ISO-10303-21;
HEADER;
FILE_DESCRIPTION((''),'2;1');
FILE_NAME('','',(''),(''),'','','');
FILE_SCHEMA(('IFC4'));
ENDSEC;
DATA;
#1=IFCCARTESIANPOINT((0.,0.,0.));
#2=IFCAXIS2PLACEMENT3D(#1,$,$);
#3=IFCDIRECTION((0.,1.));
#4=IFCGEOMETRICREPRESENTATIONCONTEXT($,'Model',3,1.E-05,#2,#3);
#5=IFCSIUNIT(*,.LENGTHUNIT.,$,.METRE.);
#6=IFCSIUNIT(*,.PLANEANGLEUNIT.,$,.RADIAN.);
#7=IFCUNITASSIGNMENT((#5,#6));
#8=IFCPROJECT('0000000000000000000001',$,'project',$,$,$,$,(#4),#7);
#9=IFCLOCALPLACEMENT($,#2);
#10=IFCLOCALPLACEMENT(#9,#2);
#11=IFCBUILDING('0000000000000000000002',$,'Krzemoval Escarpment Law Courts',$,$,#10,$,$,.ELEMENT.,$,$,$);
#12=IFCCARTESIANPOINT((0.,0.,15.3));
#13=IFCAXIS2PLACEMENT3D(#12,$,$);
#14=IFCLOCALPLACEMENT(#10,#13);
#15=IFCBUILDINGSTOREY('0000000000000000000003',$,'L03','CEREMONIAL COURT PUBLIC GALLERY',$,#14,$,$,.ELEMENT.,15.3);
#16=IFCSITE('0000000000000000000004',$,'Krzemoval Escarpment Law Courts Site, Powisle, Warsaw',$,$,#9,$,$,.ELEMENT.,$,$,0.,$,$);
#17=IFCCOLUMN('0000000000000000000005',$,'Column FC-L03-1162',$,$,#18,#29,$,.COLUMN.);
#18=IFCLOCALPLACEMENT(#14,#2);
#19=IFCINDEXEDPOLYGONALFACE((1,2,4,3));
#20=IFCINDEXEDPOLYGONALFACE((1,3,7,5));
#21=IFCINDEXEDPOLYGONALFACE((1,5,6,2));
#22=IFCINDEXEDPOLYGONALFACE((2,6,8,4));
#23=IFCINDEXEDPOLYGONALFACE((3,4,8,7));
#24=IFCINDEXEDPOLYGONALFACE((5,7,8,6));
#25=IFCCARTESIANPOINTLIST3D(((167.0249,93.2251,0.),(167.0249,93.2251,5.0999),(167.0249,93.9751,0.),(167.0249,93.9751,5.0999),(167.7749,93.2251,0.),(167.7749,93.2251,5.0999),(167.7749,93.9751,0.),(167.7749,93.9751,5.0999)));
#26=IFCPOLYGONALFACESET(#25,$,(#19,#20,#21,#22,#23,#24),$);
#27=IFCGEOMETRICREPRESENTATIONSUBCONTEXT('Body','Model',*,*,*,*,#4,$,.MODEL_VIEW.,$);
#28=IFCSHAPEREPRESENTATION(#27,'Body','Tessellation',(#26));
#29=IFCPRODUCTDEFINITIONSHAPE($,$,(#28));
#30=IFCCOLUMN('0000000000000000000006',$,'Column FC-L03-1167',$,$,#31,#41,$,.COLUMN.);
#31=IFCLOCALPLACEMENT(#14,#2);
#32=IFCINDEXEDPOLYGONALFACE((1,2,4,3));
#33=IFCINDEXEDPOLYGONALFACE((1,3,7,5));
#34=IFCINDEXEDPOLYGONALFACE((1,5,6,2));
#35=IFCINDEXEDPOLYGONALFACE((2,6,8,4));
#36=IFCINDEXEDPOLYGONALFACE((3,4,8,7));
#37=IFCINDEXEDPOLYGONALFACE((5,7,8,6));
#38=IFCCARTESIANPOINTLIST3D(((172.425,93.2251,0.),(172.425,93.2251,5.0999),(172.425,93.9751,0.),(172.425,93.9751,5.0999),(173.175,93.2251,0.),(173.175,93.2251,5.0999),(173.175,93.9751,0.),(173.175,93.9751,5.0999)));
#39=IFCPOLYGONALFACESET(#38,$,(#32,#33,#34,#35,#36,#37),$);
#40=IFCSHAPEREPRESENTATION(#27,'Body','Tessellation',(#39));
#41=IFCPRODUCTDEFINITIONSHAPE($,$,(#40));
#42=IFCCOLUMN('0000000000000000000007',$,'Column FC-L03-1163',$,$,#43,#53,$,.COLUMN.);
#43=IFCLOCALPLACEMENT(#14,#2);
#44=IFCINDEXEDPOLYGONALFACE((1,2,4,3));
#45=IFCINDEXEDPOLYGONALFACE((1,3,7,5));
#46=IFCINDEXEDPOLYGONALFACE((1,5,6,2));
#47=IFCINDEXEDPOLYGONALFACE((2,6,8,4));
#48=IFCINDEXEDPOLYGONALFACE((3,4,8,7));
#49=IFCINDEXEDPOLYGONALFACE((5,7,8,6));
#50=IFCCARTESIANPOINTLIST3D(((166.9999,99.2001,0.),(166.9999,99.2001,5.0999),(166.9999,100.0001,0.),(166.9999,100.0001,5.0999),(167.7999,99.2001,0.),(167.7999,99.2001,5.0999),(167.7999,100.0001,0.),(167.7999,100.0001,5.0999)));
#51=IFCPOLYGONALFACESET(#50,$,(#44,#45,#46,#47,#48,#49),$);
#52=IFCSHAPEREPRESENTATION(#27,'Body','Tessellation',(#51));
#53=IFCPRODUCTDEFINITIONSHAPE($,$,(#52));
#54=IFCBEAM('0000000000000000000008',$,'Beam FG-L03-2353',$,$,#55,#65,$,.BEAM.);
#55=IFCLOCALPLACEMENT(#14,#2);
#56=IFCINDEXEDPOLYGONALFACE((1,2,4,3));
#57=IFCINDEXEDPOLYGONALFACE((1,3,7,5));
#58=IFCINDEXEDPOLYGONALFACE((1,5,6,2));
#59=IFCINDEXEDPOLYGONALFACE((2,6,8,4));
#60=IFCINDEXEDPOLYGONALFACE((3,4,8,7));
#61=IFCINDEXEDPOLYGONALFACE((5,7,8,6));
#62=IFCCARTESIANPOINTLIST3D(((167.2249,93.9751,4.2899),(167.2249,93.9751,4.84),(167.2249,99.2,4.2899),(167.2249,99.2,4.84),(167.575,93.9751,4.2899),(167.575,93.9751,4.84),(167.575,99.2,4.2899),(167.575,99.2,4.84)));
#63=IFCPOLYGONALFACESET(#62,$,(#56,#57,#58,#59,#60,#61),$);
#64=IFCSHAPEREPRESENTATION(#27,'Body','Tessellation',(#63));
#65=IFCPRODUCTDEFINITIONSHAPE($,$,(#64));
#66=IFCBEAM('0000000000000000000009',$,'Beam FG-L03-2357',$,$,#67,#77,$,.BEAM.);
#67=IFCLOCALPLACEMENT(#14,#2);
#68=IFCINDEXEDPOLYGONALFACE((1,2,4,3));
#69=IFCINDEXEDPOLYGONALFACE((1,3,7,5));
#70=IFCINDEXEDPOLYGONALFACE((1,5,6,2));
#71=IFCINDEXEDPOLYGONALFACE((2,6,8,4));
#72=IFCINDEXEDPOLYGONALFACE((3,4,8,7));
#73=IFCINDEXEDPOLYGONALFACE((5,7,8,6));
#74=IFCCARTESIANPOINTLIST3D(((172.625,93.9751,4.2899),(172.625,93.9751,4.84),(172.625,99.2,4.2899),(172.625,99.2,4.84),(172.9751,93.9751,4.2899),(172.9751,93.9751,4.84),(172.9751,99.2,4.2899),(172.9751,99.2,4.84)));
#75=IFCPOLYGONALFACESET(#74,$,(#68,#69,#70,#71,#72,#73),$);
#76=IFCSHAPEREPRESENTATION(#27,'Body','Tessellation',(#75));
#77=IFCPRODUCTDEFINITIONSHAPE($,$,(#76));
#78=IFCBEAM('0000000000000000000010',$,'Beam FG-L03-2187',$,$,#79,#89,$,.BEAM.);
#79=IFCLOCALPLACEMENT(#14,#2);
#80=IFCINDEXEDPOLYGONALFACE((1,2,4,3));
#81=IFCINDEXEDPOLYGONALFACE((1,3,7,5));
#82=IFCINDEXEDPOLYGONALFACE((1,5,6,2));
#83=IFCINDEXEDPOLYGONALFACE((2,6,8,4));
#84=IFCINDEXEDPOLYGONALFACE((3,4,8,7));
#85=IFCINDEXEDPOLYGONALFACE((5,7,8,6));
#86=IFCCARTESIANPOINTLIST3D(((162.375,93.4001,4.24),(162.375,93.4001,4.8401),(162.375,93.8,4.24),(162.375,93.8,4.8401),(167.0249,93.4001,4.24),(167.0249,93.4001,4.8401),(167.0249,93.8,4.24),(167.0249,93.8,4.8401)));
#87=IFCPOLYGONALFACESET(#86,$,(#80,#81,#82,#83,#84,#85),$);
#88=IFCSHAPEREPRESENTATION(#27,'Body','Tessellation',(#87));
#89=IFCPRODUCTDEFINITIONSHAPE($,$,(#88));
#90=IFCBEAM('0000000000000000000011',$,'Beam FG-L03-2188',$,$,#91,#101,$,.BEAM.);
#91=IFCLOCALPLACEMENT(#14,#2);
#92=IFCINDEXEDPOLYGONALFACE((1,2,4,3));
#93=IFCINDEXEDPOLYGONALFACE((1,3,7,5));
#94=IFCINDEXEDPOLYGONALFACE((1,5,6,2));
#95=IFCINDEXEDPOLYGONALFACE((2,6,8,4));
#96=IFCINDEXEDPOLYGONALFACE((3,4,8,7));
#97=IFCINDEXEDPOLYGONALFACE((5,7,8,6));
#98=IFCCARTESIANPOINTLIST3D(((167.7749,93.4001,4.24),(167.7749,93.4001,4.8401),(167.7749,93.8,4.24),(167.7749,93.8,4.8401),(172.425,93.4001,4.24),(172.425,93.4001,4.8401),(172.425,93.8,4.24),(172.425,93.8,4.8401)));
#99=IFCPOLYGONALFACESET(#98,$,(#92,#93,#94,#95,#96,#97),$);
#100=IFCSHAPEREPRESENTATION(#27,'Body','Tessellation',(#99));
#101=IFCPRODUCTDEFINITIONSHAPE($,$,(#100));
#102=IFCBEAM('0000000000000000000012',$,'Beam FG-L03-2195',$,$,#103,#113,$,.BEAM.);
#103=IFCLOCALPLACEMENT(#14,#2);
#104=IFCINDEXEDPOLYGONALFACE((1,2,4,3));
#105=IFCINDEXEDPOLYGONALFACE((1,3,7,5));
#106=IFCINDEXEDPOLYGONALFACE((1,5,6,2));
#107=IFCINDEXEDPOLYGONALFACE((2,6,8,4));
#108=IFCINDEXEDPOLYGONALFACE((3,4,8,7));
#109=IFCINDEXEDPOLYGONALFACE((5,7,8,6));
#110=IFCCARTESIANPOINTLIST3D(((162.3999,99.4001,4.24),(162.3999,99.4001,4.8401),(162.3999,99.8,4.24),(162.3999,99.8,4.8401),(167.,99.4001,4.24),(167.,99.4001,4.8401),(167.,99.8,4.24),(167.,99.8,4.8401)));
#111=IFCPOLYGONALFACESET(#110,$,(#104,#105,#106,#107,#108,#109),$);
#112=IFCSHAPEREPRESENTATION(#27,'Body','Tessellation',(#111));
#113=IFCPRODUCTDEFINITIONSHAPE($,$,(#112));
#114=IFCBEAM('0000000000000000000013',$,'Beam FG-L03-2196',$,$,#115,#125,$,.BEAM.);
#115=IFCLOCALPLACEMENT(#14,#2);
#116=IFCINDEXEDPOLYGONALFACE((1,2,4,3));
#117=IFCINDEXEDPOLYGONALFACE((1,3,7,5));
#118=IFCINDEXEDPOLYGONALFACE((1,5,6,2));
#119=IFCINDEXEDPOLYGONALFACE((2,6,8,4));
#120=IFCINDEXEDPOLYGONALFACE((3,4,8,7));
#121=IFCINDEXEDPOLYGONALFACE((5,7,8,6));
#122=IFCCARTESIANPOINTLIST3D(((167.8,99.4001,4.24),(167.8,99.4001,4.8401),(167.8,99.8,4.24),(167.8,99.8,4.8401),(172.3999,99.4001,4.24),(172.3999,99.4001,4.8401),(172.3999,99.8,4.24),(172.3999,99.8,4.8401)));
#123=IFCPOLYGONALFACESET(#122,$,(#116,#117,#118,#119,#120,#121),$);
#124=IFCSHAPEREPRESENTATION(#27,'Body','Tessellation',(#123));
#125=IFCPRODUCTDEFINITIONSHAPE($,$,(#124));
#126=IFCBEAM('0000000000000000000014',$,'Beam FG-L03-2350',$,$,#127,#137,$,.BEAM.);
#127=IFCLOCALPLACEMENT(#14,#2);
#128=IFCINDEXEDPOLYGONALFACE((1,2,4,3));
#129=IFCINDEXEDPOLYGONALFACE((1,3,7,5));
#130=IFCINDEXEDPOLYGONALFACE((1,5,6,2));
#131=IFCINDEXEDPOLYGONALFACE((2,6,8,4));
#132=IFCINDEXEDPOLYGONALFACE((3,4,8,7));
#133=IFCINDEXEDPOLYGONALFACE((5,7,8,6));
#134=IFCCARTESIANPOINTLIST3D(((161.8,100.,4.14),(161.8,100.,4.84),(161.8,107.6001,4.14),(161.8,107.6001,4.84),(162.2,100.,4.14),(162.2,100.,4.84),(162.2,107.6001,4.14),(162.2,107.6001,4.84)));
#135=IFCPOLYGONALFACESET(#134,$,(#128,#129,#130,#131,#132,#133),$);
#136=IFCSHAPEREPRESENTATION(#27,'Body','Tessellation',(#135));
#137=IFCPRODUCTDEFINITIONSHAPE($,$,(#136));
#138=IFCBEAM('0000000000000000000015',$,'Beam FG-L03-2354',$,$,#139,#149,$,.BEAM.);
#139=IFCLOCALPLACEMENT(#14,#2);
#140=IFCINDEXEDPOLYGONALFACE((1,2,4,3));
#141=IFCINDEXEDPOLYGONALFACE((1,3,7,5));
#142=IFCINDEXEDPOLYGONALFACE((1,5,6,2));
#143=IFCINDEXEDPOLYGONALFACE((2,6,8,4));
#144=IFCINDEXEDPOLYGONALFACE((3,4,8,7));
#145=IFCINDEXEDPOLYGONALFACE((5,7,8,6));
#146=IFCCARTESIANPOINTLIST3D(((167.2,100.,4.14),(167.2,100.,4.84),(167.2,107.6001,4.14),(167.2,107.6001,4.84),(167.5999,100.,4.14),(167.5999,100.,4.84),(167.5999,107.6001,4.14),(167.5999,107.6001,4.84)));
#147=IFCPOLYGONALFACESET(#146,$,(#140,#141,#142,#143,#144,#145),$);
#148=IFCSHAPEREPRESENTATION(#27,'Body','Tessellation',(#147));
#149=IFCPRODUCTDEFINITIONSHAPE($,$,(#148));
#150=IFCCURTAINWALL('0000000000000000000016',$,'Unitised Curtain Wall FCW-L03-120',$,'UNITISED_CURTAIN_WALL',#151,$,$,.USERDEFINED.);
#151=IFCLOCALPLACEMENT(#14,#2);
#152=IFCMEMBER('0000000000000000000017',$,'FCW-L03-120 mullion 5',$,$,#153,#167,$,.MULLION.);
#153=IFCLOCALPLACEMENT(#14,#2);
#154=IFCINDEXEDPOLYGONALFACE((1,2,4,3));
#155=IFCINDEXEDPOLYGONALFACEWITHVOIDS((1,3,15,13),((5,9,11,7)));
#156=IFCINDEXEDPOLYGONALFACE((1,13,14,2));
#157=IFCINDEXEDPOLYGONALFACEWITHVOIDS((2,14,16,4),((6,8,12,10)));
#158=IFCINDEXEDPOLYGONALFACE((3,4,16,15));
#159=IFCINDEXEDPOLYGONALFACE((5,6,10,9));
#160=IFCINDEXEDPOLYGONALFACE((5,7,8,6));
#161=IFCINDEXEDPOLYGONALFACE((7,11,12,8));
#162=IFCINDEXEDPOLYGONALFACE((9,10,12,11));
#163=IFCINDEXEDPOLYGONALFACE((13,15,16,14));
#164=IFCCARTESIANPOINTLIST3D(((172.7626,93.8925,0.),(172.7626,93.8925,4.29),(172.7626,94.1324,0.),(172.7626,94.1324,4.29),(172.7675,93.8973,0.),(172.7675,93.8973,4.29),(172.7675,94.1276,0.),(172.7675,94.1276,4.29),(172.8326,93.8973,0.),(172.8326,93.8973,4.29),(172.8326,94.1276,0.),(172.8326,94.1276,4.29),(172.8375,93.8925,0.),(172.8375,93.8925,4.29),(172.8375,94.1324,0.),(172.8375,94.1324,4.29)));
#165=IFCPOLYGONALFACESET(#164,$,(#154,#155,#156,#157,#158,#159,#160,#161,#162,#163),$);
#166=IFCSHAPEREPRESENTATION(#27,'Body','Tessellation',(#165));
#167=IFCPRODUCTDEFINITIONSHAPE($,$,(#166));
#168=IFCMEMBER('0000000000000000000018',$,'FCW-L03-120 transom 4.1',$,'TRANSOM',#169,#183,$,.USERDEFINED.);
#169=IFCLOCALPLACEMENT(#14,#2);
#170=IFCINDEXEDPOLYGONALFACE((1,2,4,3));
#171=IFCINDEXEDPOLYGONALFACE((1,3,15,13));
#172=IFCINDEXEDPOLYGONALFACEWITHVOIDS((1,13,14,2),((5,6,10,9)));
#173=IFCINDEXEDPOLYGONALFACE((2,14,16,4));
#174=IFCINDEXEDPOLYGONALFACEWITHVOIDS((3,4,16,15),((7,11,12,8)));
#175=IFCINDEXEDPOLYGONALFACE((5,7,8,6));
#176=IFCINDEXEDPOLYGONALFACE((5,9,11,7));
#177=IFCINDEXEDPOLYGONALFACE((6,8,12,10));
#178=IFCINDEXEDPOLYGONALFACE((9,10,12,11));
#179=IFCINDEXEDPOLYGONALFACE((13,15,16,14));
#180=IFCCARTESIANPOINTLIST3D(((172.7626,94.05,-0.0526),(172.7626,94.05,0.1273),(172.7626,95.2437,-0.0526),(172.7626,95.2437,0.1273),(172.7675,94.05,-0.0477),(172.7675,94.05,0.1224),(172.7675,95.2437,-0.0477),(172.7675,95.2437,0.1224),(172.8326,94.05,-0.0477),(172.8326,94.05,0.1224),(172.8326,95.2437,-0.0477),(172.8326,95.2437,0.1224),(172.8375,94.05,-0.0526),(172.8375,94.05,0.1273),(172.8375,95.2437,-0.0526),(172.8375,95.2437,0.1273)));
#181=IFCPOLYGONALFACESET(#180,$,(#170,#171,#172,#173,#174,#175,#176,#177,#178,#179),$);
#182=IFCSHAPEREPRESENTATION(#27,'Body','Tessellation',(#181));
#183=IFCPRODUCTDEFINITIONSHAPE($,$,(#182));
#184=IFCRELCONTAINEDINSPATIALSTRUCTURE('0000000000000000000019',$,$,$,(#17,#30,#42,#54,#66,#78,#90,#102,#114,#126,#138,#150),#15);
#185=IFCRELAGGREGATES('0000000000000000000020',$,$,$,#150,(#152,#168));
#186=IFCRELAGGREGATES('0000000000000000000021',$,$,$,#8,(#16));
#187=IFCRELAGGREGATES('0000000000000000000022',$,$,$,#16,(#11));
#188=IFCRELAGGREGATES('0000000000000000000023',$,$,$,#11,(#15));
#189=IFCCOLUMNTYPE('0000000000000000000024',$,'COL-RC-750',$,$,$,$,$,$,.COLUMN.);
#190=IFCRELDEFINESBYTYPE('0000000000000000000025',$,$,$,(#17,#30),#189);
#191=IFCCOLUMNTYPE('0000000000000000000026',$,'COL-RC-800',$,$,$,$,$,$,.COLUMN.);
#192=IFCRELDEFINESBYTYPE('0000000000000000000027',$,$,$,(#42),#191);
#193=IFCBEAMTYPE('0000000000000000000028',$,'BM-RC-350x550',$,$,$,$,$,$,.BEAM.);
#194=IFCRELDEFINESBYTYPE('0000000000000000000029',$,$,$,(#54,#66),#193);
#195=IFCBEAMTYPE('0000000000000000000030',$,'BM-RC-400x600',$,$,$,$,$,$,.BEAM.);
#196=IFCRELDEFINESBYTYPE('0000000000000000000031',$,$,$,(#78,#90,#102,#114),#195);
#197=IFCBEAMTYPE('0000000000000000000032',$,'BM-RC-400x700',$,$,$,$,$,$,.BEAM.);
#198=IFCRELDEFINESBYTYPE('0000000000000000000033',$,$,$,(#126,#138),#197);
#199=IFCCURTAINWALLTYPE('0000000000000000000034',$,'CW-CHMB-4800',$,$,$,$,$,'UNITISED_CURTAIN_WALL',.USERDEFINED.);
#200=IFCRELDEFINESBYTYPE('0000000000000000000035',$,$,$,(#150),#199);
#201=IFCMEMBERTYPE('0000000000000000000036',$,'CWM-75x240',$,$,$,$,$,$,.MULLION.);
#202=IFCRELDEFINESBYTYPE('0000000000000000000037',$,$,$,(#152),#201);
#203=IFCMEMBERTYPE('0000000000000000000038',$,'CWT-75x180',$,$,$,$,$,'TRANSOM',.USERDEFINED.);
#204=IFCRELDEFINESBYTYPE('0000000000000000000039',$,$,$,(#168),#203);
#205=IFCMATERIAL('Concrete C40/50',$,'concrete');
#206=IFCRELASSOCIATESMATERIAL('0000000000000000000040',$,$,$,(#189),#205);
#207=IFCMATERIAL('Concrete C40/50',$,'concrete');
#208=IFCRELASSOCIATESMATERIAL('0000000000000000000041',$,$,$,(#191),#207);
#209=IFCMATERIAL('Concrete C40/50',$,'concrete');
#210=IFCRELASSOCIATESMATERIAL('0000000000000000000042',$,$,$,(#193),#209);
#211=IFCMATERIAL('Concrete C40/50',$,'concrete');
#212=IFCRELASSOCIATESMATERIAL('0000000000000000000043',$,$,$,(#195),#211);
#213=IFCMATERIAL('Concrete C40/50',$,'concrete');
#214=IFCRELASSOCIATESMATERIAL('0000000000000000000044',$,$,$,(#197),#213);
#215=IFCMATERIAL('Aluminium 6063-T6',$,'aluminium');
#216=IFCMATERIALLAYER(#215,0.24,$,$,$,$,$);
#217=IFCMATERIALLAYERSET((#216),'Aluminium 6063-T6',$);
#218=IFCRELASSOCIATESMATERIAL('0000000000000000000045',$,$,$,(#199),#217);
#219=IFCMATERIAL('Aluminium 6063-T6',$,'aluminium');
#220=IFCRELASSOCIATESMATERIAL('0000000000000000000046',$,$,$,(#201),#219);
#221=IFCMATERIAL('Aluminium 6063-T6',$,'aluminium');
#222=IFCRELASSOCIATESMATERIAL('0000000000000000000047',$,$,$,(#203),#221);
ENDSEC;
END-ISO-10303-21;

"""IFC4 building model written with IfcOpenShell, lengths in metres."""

from ifc_helpers import new_model, si_unit, direction, frame, origin, origin_2d, place, context, subcontext, project, spatial, rectangle, hollow_rectangle, extrude, material, layer, layer_set, material_profile, profile_set, type_object, element, aggregate, save


model = new_model("IFC4")

# Units and contexts
model_context = context("Model", 3, precision=1e-05, world=origin(), true_north=direction((0.0, 1.0)))
body_context = subcontext(model_context, "Body", "Model", "MODEL_VIEW")
ifc_project = project(units=[si_unit("LENGTHUNIT", "METRE"), si_unit("PLANEANGLEUNIT", "RADIAN")], contexts=[model_context])

# Site, building, storey
site_placement = place(None, origin())
site = spatial("IfcSite", under=ifc_project, at=site_placement, Name="Krzemoval Escarpment Law Courts Site, Powisle, Warsaw", CompositionType="ELEMENT", RefElevation=0.0)
building_placement = place(site_placement, origin())
building = spatial("IfcBuilding", under=site, at=building_placement, Name="Krzemoval Escarpment Law Courts", CompositionType="ELEMENT")
storey_placement = place(building_placement, frame((0.0, 0.0, 15.3)))
storey = spatial("IfcBuildingStorey", under=building, at=storey_placement, Name="L03", Description="CEREMONIAL COURT PUBLIC GALLERY", CompositionType="ELEMENT", Elevation=15.3)

# Columns
ifc_material_1 = material(Name="Concrete C40/50", Category="concrete")
ifc_material_profile_1 = material_profile(ifc_material_1, rectangle(XDim=0.75, YDim=0.75, at=origin_2d()), Name="RC 750x750")
ifc_profile_set_1 = profile_set([ifc_material_profile_1], Name="Concrete C40/50")
column_type_1 = type_object("IfcColumnType", Name="COL-RC-750", PredefinedType="COLUMN", material=ifc_profile_set_1)
for number, where, z_axis, x_axis, name in (
    (1, (167.3999, 93.6001, 0.0), (0.0, 0.0, 1.0), (1.0, 0.0, 0.0), "Column FC-L03-1162"),
    (2, (172.8, 93.6001, 0.0), (0.0, 0.0, 1.0), (1.0, 0.0, 0.0), "Column FC-L03-1167"),
):
    element("IfcColumn", number, at=place(storey_placement, frame(where, z_axis=z_axis, x_axis=x_axis)), inside=storey, type_object=column_type_1, Name=name, PredefinedType="COLUMN", context=body_context, shape_type="SweptSolid", body=[
        extrude(rectangle(XDim=0.75, YDim=0.75, at=origin_2d()), origin(), (0.0, 0.0, 1.0), 5.0999),
    ])
ifc_material_2 = material(Name="Concrete C40/50", Category="concrete")
ifc_material_profile_2 = material_profile(ifc_material_2, rectangle(XDim=0.8, YDim=0.8, at=origin_2d()), Name="RC 800x800")
ifc_profile_set_2 = profile_set([ifc_material_profile_2], Name="Concrete C40/50")
column_type_2 = type_object("IfcColumnType", Name="COL-RC-800", PredefinedType="COLUMN", material=ifc_profile_set_2)
column_placement = place(storey_placement, frame((167.3999, 99.6001, 0.0), z_axis=(0.0, 0.0, 1.0), x_axis=(1.0, 0.0, 0.0)))
element("IfcColumn", 3, at=column_placement, inside=storey, type_object=column_type_2, Name="Column FC-L03-1163", PredefinedType="COLUMN", context=body_context, shape_type="SweptSolid", body=[
    extrude(rectangle(XDim=0.8, YDim=0.8, at=origin_2d()), origin(), (0.0, 0.0, 1.0), 5.0999),
])

# Beams
ifc_material_3 = material(Name="Concrete C40/50", Category="concrete")
ifc_material_profile_3 = material_profile(ifc_material_3, rectangle(XDim=0.3501, YDim=0.55, at=origin_2d()), Name="RCB 350x550")
ifc_profile_set_3 = profile_set([ifc_material_profile_3], Name="Concrete C40/50")
beam_type_1 = type_object("IfcBeamType", Name="BM-RC-350x550", PredefinedType="BEAM", material=ifc_profile_set_3)
for number, where, z_axis, x_axis, name in (
    (4, (167.3999, 93.9751, 4.5649), (0.0, 1.0, 0.0), (-1.0, 0.0, 0.0), "Beam FG-L03-2353"),
    (5, (172.8, 93.9751, 4.5649), (0.0, 1.0, 0.0), (-1.0, 0.0, 0.0), "Beam FG-L03-2357"),
):
    element("IfcBeam", number, at=place(storey_placement, frame(where, z_axis=z_axis, x_axis=x_axis)), inside=storey, type_object=beam_type_1, Name=name, PredefinedType="BEAM", context=body_context, shape_type="SweptSolid", body=[
        extrude(rectangle(XDim=0.3501, YDim=0.55, at=origin_2d()), origin(), (0.0, 0.0, 1.0), 5.2249),
    ])
ifc_material_4 = material(Name="Concrete C40/50", Category="concrete")
ifc_material_profile_4 = material_profile(ifc_material_4, rectangle(XDim=0.3999, YDim=0.6001, at=origin_2d()), Name="RCB 400x600")
ifc_profile_set_4 = profile_set([ifc_material_profile_4], Name="Concrete C40/50")
beam_type_2 = type_object("IfcBeamType", Name="BM-RC-400x600", PredefinedType="BEAM", material=ifc_profile_set_4)
beam_1_placement = place(storey_placement, frame((162.375, 93.6001, 4.54), z_axis=(1.0, 0.0, 0.0), x_axis=(0.0, 1.0, 0.0)))
element("IfcBeam", 6, at=beam_1_placement, inside=storey, type_object=beam_type_2, Name="Beam FG-L03-2187", PredefinedType="BEAM", context=body_context, shape_type="SweptSolid", body=[
    extrude(rectangle(XDim=0.3999, YDim=0.6001, at=origin_2d()), origin(), (0.0, 0.0, 1.0), 4.6499),
])
beam_2_placement = place(storey_placement, frame((167.7749, 93.6001, 4.54), z_axis=(1.0, 0.0, 0.0), x_axis=(0.0, 1.0, 0.0)))
element("IfcBeam", 7, at=beam_2_placement, inside=storey, type_object=beam_type_2, Name="Beam FG-L03-2188", PredefinedType="BEAM", context=body_context, shape_type="SweptSolid", body=[
    extrude(rectangle(XDim=0.3999, YDim=0.6001, at=origin_2d()), origin(), (0.0, 0.0, 1.0), 4.6501),
])
beam_3_placement = place(storey_placement, frame((162.3999, 99.6001, 4.54), z_axis=(1.0, 0.0, 0.0), x_axis=(0.0, 1.0, 0.0)))
element("IfcBeam", 8, at=beam_3_placement, inside=storey, type_object=beam_type_2, Name="Beam FG-L03-2195", PredefinedType="BEAM", context=body_context, shape_type="SweptSolid", body=[
    extrude(rectangle(XDim=0.3999, YDim=0.6001, at=origin_2d()), origin(), (0.0, 0.0, 1.0), 4.6001),
])
beam_4_placement = place(storey_placement, frame((167.8, 99.6001, 4.54), z_axis=(1.0, 0.0, 0.0), x_axis=(0.0, 1.0, 0.0)))
element("IfcBeam", 9, at=beam_4_placement, inside=storey, type_object=beam_type_2, Name="Beam FG-L03-2196", PredefinedType="BEAM", context=body_context, shape_type="SweptSolid", body=[
    extrude(rectangle(XDim=0.3999, YDim=0.6001, at=origin_2d()), origin(), (0.0, 0.0, 1.0), 4.5999),
])
ifc_material_5 = material(Name="Concrete C40/50", Category="concrete")
ifc_material_profile_5 = material_profile(ifc_material_5, rectangle(XDim=0.3999, YDim=0.7, at=origin_2d()), Name="RCB 400x700")
ifc_profile_set_5 = profile_set([ifc_material_profile_5], Name="Concrete C40/50")
beam_type_3 = type_object("IfcBeamType", Name="BM-RC-400x700", PredefinedType="BEAM", material=ifc_profile_set_5)
for number, where, z_axis, x_axis, name in (
    (10, (162.0, 100.0, 4.49), (0.0, 1.0, 0.0), (-1.0, 0.0, 0.0), "Beam FG-L03-2350"),
    (11, (167.3999, 100.0, 4.49), (0.0, 1.0, 0.0), (-1.0, 0.0, 0.0), "Beam FG-L03-2354"),
):
    element("IfcBeam", number, at=place(storey_placement, frame(where, z_axis=z_axis, x_axis=x_axis)), inside=storey, type_object=beam_type_3, Name=name, PredefinedType="BEAM", context=body_context, shape_type="SweptSolid", body=[
        extrude(rectangle(XDim=0.3999, YDim=0.7, at=origin_2d()), origin(), (0.0, 0.0, 1.0), 7.6001),
    ])

# Curtain wall, members
ifc_material_6 = material(Name="Aluminium 6063-T6", Category="aluminium")
ifc_layer_1 = layer(ifc_material_6, 0.24)
ifc_layer_set_1 = layer_set([ifc_layer_1], Name="Aluminium 6063-T6")
curtain_wall_type = type_object("IfcCurtainWallType", Name="CW-CHMB-4800", ElementType="UNITISED_CURTAIN_WALL", PredefinedType="USERDEFINED", material=ifc_layer_set_1)
curtain_wall_placement = place(storey_placement, origin())
curtain_wall = element("IfcCurtainWall", 12, at=curtain_wall_placement, inside=storey, type_object=curtain_wall_type, Name="Unitised Curtain Wall FCW-L03-120", ObjectType="UNITISED_CURTAIN_WALL", PredefinedType="USERDEFINED")
ifc_material_7 = material(Name="Aluminium 6063-T6", Category="aluminium")
ifc_material_profile_6 = material_profile(ifc_material_7, hollow_rectangle(XDim=0.075, YDim=0.24, WallThickness=0.0049, at=origin_2d()), Name="ALU M75x240")
ifc_profile_set_6 = profile_set([ifc_material_profile_6], Name="Aluminium 6063-T6")
member_type_1 = type_object("IfcMemberType", Name="CWM-75x240", PredefinedType="MULLION", material=ifc_profile_set_6)
member_1_placement = place(storey_placement, frame((172.8, 94.0125, 0.0), z_axis=(0.0, 0.0, 1.0), x_axis=(1.0, 0.0, 0.0)))
member_1 = element("IfcMember", 13, at=member_1_placement, type_object=member_type_1, Name="FCW-L03-120 mullion 5", PredefinedType="MULLION", context=body_context, shape_type="SweptSolid", body=[
    extrude(hollow_rectangle(XDim=0.075, YDim=0.24, WallThickness=0.0049, at=origin_2d()), origin(), (0.0, 0.0, 1.0), 4.29),
])
ifc_material_8 = material(Name="Aluminium 6063-T6", Category="aluminium")
ifc_material_profile_7 = material_profile(ifc_material_8, hollow_rectangle(XDim=0.075, YDim=0.1799, WallThickness=0.0049, at=origin_2d()), Name="ALU T75x180")
ifc_profile_set_7 = profile_set([ifc_material_profile_7], Name="Aluminium 6063-T6")
member_type_2 = type_object("IfcMemberType", Name="CWT-75x180", ElementType="TRANSOM", PredefinedType="USERDEFINED", material=ifc_profile_set_7)
member_2_placement = place(storey_placement, frame((172.8, 95.2437, 0.0374), z_axis=(0.0, -1.0, 0.0), x_axis=(1.0, 0.0, 0.0)))
member_2 = element("IfcMember", 14, at=member_2_placement, type_object=member_type_2, Name="FCW-L03-120 transom 4.1", ObjectType="TRANSOM", PredefinedType="USERDEFINED", context=body_context, shape_type="SweptSolid", body=[
    extrude(hollow_rectangle(XDim=0.075, YDim=0.1799, WallThickness=0.0049, at=origin_2d()), origin(), (0.0, 0.0, 1.0), 1.1936),
])
aggregate(curtain_wall, [member_1, member_2])

save(model, "model.ifc")
